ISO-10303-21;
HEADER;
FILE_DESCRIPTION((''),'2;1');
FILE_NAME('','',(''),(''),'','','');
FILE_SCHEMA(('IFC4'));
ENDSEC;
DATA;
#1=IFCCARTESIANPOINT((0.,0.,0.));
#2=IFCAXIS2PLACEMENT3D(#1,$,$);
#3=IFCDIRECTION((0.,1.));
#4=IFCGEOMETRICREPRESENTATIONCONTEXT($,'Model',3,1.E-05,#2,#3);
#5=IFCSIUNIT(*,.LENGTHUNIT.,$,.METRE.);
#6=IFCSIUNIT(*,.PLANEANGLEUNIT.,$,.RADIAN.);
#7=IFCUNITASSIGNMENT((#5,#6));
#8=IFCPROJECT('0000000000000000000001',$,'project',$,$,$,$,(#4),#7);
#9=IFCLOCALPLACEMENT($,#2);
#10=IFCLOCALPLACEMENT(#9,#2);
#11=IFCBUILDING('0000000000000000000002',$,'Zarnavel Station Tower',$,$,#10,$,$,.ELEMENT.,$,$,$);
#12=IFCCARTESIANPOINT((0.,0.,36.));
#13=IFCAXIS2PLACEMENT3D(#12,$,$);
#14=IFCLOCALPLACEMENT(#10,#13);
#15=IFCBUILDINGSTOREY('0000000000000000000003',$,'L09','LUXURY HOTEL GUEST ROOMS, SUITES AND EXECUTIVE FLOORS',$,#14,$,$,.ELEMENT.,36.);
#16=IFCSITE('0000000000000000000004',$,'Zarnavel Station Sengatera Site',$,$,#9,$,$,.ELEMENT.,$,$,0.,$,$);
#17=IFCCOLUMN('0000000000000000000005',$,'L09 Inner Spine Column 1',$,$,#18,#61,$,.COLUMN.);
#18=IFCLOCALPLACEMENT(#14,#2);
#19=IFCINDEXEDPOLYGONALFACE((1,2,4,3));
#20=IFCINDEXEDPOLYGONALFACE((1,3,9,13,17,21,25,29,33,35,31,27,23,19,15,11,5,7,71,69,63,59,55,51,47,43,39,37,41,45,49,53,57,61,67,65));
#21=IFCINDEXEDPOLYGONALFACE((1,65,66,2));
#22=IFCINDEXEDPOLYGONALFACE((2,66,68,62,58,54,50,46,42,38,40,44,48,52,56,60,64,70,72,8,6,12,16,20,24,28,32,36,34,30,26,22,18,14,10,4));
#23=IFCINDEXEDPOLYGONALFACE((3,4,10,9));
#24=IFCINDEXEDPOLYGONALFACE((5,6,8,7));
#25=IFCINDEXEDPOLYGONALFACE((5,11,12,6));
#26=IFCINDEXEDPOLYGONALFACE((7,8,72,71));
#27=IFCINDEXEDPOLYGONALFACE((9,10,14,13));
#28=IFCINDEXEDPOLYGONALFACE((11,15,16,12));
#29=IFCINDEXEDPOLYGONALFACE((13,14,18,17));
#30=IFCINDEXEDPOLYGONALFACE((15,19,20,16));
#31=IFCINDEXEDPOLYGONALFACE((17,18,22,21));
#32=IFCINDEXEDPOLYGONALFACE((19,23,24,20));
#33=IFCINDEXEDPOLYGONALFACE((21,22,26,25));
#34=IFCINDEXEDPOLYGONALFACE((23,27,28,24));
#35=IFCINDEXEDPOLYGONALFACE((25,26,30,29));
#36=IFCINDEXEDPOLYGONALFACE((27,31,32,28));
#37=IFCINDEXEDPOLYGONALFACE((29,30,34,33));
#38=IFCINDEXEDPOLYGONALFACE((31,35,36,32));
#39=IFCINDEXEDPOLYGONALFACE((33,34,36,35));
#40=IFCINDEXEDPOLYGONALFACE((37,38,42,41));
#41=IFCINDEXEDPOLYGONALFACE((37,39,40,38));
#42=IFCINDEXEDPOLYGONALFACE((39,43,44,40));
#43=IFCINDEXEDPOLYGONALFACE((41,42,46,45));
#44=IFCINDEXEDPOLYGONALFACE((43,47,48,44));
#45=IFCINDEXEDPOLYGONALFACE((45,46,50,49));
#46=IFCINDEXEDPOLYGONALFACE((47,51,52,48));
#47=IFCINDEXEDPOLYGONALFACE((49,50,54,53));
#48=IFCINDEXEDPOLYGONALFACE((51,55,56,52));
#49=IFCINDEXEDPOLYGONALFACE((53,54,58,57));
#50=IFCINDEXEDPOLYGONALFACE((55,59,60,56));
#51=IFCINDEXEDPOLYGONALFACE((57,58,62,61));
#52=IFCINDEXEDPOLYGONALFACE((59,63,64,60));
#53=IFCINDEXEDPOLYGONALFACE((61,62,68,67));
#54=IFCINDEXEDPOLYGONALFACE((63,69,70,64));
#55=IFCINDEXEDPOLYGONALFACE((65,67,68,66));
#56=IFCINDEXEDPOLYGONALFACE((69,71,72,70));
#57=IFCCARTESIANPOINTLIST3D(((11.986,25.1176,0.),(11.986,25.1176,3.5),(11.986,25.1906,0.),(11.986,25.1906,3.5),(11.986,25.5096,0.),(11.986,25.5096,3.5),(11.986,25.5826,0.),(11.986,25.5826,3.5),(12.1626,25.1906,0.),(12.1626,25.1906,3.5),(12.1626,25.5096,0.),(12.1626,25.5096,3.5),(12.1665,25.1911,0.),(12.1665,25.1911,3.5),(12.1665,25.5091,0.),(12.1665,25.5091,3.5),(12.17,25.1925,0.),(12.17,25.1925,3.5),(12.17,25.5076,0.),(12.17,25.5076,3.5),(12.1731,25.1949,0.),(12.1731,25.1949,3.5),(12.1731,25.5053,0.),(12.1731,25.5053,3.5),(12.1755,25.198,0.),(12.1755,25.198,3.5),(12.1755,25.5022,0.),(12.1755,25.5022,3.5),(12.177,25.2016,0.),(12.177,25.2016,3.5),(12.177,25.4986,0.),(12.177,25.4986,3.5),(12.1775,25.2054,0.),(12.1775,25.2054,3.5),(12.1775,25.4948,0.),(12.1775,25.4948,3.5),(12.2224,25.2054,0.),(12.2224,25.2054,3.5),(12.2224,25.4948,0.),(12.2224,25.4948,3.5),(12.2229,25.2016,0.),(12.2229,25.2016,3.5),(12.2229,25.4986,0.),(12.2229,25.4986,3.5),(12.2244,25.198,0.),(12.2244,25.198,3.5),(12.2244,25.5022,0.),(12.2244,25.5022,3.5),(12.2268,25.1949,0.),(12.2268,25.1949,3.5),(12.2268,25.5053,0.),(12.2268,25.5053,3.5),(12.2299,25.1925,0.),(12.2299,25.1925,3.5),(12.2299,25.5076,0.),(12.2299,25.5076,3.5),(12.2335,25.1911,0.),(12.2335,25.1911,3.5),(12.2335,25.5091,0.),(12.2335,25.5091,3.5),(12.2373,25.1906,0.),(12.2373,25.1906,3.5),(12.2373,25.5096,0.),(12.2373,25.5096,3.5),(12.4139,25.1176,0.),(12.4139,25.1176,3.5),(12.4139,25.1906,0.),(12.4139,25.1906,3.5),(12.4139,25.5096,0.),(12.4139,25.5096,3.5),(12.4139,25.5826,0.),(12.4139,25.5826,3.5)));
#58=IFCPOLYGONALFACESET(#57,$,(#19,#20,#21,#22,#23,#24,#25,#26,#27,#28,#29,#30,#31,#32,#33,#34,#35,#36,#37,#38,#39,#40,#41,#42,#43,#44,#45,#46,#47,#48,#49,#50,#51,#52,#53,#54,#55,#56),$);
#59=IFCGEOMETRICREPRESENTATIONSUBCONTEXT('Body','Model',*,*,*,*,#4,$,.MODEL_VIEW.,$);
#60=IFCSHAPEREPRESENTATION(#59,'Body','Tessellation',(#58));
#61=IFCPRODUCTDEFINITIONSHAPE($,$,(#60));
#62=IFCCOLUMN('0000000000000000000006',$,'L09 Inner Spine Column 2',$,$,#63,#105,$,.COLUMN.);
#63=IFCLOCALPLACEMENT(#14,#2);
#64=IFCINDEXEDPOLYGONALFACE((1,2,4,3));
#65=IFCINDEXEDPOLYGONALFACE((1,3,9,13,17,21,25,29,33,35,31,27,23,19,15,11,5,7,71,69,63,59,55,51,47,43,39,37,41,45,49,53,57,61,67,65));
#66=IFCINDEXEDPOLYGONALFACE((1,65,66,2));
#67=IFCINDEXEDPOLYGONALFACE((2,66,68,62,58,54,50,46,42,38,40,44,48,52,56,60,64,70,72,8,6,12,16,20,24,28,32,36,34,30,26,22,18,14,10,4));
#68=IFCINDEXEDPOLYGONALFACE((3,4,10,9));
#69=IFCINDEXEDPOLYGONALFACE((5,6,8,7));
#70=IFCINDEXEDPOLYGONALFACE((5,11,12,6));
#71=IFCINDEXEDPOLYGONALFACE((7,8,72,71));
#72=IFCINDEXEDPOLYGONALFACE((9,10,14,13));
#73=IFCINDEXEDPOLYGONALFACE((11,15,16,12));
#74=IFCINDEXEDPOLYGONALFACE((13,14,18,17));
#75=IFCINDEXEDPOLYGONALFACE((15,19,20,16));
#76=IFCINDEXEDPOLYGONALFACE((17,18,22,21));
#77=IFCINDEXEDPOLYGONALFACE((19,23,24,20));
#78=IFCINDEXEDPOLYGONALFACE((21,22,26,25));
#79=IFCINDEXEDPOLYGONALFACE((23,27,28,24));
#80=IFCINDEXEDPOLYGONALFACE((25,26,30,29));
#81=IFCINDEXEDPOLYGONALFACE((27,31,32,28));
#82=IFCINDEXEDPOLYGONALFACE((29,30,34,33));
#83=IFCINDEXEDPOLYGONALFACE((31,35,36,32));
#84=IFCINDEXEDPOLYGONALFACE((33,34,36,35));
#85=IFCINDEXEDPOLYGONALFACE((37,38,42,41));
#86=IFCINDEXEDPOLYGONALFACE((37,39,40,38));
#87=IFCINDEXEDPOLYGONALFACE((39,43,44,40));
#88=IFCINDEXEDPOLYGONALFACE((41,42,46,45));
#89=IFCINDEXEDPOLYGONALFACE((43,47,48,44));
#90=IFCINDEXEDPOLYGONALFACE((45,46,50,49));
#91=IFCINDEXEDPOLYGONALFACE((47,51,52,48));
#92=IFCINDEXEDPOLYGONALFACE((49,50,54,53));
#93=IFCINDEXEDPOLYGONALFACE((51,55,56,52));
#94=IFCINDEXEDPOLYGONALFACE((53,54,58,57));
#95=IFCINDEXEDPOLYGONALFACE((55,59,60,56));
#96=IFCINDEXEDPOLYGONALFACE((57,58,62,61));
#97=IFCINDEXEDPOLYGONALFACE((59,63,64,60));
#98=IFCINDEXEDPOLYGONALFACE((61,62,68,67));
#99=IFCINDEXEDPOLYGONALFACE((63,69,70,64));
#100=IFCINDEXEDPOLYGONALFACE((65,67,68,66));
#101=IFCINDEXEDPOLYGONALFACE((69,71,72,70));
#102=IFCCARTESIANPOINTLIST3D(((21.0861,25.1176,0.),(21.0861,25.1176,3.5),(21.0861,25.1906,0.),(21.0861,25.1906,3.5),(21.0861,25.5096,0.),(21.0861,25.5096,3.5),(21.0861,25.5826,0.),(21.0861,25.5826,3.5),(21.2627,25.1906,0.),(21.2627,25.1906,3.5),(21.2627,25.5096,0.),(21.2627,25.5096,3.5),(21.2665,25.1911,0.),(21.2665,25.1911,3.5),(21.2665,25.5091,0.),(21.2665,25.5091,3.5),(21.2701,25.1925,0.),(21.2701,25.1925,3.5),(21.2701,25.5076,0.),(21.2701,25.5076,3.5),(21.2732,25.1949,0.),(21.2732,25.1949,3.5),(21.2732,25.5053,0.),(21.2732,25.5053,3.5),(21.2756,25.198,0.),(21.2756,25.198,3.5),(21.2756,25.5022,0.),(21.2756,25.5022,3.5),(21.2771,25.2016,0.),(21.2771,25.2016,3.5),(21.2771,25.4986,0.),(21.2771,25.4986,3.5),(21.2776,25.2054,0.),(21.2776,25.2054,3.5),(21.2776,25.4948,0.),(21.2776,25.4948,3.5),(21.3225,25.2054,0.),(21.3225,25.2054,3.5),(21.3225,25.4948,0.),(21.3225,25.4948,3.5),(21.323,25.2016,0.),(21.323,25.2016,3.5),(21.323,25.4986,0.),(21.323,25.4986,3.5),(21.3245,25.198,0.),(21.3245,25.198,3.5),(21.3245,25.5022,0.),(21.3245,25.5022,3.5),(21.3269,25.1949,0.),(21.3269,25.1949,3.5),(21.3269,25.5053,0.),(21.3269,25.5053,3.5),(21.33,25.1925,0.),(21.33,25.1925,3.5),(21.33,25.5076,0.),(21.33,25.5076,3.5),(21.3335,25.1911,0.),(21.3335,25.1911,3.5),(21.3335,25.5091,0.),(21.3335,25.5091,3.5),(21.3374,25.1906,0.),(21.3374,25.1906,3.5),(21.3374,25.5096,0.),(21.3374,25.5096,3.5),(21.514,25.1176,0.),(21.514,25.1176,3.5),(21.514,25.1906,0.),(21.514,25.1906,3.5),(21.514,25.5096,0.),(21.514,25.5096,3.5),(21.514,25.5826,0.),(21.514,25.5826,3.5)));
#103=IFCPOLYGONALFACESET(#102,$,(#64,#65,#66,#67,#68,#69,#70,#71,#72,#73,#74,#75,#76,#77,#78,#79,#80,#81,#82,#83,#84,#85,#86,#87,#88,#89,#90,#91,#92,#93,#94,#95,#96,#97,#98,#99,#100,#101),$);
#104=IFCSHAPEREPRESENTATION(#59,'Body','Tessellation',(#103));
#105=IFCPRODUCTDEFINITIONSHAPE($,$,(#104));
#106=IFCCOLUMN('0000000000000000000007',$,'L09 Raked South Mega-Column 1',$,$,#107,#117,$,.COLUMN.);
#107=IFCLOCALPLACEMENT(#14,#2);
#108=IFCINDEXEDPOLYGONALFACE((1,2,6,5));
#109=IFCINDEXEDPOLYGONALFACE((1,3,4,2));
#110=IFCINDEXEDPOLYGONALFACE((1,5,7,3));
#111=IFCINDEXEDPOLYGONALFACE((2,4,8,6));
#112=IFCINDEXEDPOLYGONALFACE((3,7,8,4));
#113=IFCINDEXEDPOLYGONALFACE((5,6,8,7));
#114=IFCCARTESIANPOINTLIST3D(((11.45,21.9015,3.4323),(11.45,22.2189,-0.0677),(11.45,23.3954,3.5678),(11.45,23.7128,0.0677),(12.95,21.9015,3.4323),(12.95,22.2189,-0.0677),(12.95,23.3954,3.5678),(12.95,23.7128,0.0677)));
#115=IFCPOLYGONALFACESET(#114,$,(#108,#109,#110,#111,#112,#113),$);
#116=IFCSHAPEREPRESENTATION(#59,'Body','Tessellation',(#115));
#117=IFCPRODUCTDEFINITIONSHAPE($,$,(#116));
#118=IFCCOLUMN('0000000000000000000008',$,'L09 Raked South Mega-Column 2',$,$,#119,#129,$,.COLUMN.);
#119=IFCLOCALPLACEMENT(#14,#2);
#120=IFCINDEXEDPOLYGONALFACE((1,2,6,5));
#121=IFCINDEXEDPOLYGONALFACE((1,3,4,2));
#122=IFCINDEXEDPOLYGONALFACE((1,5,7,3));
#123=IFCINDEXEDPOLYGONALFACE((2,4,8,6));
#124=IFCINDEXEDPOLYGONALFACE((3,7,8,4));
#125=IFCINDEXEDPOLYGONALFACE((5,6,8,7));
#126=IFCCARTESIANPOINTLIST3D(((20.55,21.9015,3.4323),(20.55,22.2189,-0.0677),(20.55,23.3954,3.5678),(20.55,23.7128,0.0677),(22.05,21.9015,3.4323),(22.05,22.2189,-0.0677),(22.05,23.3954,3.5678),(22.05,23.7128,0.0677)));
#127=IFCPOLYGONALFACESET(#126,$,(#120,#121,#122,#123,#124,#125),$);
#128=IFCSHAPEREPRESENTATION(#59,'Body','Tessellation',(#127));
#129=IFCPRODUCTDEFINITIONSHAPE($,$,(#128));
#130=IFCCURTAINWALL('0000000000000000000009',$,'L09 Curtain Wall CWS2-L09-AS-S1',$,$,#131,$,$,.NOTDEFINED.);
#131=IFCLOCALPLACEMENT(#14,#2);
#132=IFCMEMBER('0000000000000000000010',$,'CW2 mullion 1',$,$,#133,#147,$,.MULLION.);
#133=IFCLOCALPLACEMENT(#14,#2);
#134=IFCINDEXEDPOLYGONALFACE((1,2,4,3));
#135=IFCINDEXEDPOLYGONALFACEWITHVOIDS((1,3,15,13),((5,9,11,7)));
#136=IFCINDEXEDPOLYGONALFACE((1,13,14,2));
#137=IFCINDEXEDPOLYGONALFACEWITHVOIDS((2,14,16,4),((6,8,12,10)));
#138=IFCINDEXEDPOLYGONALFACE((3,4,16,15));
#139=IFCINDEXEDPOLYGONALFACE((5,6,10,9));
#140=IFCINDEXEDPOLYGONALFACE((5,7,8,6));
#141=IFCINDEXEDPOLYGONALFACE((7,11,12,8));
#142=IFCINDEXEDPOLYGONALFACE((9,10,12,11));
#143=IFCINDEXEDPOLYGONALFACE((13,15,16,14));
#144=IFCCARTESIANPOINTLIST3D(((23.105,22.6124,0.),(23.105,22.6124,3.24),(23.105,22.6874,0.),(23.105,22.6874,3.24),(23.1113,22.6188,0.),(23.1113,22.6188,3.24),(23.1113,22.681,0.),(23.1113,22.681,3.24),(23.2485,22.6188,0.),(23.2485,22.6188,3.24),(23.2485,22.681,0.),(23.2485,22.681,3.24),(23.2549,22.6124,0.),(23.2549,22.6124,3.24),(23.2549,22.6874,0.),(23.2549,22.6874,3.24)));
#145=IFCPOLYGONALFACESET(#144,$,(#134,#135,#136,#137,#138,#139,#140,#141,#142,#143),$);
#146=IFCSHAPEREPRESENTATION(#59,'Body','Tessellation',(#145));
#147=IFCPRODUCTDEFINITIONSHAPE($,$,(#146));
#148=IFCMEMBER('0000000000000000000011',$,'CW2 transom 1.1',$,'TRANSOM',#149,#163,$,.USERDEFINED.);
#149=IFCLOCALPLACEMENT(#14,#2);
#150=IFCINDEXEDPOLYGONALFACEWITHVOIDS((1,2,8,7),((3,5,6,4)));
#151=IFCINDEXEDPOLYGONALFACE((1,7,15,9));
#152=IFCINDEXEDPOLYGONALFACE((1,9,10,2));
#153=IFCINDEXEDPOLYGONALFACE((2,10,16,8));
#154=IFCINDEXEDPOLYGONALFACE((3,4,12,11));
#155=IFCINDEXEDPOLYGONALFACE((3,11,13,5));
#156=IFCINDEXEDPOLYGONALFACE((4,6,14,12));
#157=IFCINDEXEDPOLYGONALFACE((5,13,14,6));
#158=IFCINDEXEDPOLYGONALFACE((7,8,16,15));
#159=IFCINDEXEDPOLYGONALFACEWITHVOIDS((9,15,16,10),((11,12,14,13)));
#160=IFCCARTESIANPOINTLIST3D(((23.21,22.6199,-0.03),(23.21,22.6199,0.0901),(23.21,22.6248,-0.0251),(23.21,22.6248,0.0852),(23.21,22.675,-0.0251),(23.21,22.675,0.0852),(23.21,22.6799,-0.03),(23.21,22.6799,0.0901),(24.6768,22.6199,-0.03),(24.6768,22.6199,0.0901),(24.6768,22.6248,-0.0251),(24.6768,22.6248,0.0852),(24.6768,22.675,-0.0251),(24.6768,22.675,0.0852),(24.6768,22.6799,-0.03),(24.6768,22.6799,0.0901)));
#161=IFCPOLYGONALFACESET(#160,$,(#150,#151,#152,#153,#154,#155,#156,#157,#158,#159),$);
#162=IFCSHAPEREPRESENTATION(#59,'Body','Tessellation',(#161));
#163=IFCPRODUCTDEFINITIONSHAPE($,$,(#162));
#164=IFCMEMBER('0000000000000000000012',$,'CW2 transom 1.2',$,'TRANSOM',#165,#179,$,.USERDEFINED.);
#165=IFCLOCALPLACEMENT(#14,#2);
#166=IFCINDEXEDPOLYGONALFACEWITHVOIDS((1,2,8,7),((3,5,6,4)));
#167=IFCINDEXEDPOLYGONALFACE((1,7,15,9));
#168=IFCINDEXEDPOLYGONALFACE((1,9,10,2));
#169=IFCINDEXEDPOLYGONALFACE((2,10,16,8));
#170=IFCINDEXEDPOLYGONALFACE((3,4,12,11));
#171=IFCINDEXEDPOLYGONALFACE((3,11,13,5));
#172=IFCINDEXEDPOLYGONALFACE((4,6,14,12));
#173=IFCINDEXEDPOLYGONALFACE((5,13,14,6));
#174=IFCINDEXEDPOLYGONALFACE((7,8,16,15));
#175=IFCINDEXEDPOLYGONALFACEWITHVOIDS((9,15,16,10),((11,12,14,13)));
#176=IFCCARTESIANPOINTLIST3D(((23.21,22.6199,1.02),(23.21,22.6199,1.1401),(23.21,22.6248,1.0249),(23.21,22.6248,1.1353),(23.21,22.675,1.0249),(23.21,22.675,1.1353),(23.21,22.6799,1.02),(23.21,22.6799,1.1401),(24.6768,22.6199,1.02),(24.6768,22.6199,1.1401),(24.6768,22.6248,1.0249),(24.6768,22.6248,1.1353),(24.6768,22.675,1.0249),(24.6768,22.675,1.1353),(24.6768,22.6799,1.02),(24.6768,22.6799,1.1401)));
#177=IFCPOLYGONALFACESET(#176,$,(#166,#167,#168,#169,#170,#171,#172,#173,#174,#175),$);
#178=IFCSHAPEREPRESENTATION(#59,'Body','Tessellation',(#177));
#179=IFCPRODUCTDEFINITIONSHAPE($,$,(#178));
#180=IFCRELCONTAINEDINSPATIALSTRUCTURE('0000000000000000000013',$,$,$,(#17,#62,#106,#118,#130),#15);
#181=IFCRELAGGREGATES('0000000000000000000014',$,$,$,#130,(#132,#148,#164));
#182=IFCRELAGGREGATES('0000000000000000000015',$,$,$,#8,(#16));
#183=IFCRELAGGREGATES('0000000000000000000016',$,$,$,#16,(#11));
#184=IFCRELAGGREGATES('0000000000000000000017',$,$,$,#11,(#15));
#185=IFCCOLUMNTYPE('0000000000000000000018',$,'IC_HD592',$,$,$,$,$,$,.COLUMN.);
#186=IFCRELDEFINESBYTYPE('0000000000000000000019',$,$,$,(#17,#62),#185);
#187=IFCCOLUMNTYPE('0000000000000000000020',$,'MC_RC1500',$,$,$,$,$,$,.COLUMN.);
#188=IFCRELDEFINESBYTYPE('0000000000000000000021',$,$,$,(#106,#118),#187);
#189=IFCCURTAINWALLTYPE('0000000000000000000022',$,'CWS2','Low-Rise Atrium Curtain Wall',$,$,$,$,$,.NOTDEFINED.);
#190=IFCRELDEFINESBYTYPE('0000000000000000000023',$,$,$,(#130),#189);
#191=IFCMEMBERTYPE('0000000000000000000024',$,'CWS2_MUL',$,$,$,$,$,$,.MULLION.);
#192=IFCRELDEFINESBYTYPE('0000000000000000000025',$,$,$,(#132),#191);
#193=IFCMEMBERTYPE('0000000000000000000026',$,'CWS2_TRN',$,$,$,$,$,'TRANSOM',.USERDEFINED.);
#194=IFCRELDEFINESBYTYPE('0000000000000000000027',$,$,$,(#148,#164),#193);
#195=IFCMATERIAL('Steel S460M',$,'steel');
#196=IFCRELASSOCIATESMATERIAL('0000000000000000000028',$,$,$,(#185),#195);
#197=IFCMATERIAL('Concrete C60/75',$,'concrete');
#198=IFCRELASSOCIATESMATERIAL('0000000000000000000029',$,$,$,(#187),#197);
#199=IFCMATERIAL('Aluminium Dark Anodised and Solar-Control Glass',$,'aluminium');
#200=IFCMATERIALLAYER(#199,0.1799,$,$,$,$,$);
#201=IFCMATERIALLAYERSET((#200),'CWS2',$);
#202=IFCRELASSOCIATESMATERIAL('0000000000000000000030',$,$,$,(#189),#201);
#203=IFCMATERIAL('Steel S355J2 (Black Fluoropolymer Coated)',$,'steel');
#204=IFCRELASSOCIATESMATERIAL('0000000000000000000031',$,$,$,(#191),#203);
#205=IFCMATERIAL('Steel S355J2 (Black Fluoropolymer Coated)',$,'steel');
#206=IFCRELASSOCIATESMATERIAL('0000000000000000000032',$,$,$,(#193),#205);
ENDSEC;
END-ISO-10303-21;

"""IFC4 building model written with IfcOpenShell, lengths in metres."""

from ifc_helpers import new_model, si_unit, direction, frame, origin, origin_2d, place, context, subcontext, project, spatial, rectangle, hollow_rectangle, i_section, extrude, material, layer, layer_set, material_profile, profile_set, type_object, element, aggregate, save


model = new_model("IFC4")

# Units and contexts
model_context = context("Model", 3, precision=1e-05, world=origin(), true_north=direction((0.0, 1.0)))
body_context = subcontext(model_context, "Body", "Model", "MODEL_VIEW")
ifc_project = project(units=[si_unit("LENGTHUNIT", "METRE"), si_unit("PLANEANGLEUNIT", "RADIAN")], contexts=[model_context])

# Site, building, storey
site_placement = place(None, origin())
site = spatial("IfcSite", under=ifc_project, at=site_placement, Name="Zarnavel Station Sengatera Site", CompositionType="ELEMENT", RefElevation=0.0)
building_placement = place(site_placement, origin())
building = spatial("IfcBuilding", under=site, at=building_placement, Name="Zarnavel Station Tower", CompositionType="ELEMENT")
storey_placement = place(building_placement, frame((0.0, 0.0, 36.0)))
storey = spatial("IfcBuildingStorey", under=building, at=storey_placement, Name="L09", Description="LUXURY HOTEL GUEST ROOMS, SUITES AND EXECUTIVE FLOORS", CompositionType="ELEMENT", Elevation=36.0)

# Columns
ifc_material_1 = material(Name="Steel S460M", Category="steel")
ifc_material_profile_1 = material_profile(ifc_material_1, i_section(OverallWidth=0.428, OverallDepth=0.4651, WebThickness=0.0449, FlangeThickness=0.073, FilletRadius=0.0149, at=origin_2d()), Name="HD400x592")
ifc_profile_set_1 = profile_set([ifc_material_profile_1], Name="Steel S460M")
column_type_1 = type_object("IfcColumnType", Name="IC_HD592", PredefinedType="COLUMN", material=ifc_profile_set_1)
for number, where, z_axis, x_axis, name in (
    (1, (12.2, 25.3501, 0.0), (0.0, 0.0, 1.0), (1.0, 0.0, 0.0), "L09 Inner Spine Column 1"),
    (2, (21.3, 25.3501, 0.0), (0.0, 0.0, 1.0), (1.0, 0.0, 0.0), "L09 Inner Spine Column 2"),
):
    element("IfcColumn", number, at=place(storey_placement, frame(where, z_axis=z_axis, x_axis=x_axis)), inside=storey, type_object=column_type_1, Name=name, PredefinedType="COLUMN", context=body_context, shape_type="SweptSolid", body=[
        extrude(i_section(OverallWidth=0.428, OverallDepth=0.4651, WebThickness=0.0449, FlangeThickness=0.073, FilletRadius=0.0149, at=origin_2d()), origin(), (0.0, 0.0, 1.0), 3.5),
    ])
ifc_material_2 = material(Name="Concrete C60/75", Category="concrete")
ifc_material_profile_2 = material_profile(ifc_material_2, rectangle(XDim=1.5, YDim=1.5, at=origin_2d()), Name="RC1500x1500")
ifc_profile_set_2 = profile_set([ifc_material_profile_2], Name="Concrete C60/75")
column_type_2 = type_object("IfcColumnType", Name="MC_RC1500", PredefinedType="COLUMN", material=ifc_profile_set_2)
for number, where, z_axis, x_axis, name in (
    (3, (12.2, 22.9658, 0.0), (0.0, -0.09031, 0.995914), (1.0, 0.0, 0.0), "L09 Raked South Mega-Column 1"),
    (4, (21.3, 22.9658, 0.0), (0.0, -0.09031, 0.995914), (1.0, 0.0, 0.0), "L09 Raked South Mega-Column 2"),
):
    element("IfcColumn", number, at=place(storey_placement, frame(where, z_axis=z_axis, x_axis=x_axis)), inside=storey, type_object=column_type_2, Name=name, PredefinedType="COLUMN", context=body_context, shape_type="SweptSolid", body=[
        extrude(rectangle(XDim=1.5, YDim=1.5, at=origin_2d()), origin(), (0.0, 0.0, 1.0), 3.5144),
    ])

# Curtain wall, members
ifc_material_3 = material(Name="Aluminium Dark Anodised and Solar-Control Glass", Category="aluminium")
ifc_layer_1 = layer(ifc_material_3, 0.1799)
ifc_layer_set_1 = layer_set([ifc_layer_1], Name="CWS2")
curtain_wall_type = type_object("IfcCurtainWallType", Name="CWS2", Description="Low-Rise Atrium Curtain Wall", PredefinedType="NOTDEFINED", material=ifc_layer_set_1)
curtain_wall_placement = place(storey_placement, origin())
curtain_wall = element("IfcCurtainWall", 5, at=curtain_wall_placement, inside=storey, type_object=curtain_wall_type, Name="L09 Curtain Wall CWS2-L09-AS-S1", PredefinedType="NOTDEFINED")
ifc_material_4 = material(Name="Steel S355J2 (Black Fluoropolymer Coated)", Category="steel")
ifc_material_profile_3 = material_profile(ifc_material_4, hollow_rectangle(XDim=0.075, YDim=0.1499, WallThickness=0.0063, at=origin_2d()), Name="RHS150x75x6.3")
ifc_profile_set_3 = profile_set([ifc_material_profile_3], Name="Steel S355J2 (Black Fluoropolymer Coated)")
member_type_1 = type_object("IfcMemberType", Name="CWS2_MUL", PredefinedType="MULLION", material=ifc_profile_set_3)
member_1_placement = place(storey_placement, frame((23.1799, 22.6499, 0.0), z_axis=(0.0, 0.0, 1.0), x_axis=(0.0, 1.0, 0.0)))
member_1 = element("IfcMember", 6, at=member_1_placement, type_object=member_type_1, Name="CW2 mullion 1", PredefinedType="MULLION", context=body_context, shape_type="SweptSolid", body=[
    extrude(hollow_rectangle(XDim=0.075, YDim=0.1499, WallThickness=0.0063, at=origin_2d()), origin(), (0.0, 0.0, 1.0), 3.24),
])
ifc_material_5 = material(Name="Steel S355J2 (Black Fluoropolymer Coated)", Category="steel")
ifc_material_profile_4 = material_profile(ifc_material_5, hollow_rectangle(XDim=0.0601, YDim=0.1201, WallThickness=0.0049, at=origin_2d()), Name="RHS120x60x5")
ifc_profile_set_4 = profile_set([ifc_material_profile_4], Name="Steel S355J2 (Black Fluoropolymer Coated)")
member_type_2 = type_object("IfcMemberType", Name="CWS2_TRN", ElementType="TRANSOM", PredefinedType="USERDEFINED", material=ifc_profile_set_4)
member_2_placement = place(storey_placement, frame((23.21, 22.6499, 0.03), z_axis=(1.0, 0.0, 0.0), x_axis=(0.0, 1.0, 0.0)))
member_2 = element("IfcMember", 7, at=member_2_placement, type_object=member_type_2, Name="CW2 transom 1.1", ObjectType="TRANSOM", PredefinedType="USERDEFINED", context=body_context, shape_type="SweptSolid", body=[
    extrude(hollow_rectangle(XDim=0.0601, YDim=0.1201, WallThickness=0.0049, at=origin_2d()), origin(), (0.0, 0.0, 1.0), 1.4668),
])
member_3_placement = place(storey_placement, frame((23.21, 22.6499, 1.0801), z_axis=(1.0, 0.0, 0.0), x_axis=(0.0, 1.0, 0.0)))
member_3 = element("IfcMember", 8, at=member_3_placement, type_object=member_type_2, Name="CW2 transom 1.2", ObjectType="TRANSOM", PredefinedType="USERDEFINED", context=body_context, shape_type="SweptSolid", body=[
    extrude(hollow_rectangle(XDim=0.0601, YDim=0.1201, WallThickness=0.0049, at=origin_2d()), origin(), (0.0, 0.0, 1.0), 1.4668),
])
aggregate(curtain_wall, [member_1, member_2, member_3])

save(model, "model.ifc")
